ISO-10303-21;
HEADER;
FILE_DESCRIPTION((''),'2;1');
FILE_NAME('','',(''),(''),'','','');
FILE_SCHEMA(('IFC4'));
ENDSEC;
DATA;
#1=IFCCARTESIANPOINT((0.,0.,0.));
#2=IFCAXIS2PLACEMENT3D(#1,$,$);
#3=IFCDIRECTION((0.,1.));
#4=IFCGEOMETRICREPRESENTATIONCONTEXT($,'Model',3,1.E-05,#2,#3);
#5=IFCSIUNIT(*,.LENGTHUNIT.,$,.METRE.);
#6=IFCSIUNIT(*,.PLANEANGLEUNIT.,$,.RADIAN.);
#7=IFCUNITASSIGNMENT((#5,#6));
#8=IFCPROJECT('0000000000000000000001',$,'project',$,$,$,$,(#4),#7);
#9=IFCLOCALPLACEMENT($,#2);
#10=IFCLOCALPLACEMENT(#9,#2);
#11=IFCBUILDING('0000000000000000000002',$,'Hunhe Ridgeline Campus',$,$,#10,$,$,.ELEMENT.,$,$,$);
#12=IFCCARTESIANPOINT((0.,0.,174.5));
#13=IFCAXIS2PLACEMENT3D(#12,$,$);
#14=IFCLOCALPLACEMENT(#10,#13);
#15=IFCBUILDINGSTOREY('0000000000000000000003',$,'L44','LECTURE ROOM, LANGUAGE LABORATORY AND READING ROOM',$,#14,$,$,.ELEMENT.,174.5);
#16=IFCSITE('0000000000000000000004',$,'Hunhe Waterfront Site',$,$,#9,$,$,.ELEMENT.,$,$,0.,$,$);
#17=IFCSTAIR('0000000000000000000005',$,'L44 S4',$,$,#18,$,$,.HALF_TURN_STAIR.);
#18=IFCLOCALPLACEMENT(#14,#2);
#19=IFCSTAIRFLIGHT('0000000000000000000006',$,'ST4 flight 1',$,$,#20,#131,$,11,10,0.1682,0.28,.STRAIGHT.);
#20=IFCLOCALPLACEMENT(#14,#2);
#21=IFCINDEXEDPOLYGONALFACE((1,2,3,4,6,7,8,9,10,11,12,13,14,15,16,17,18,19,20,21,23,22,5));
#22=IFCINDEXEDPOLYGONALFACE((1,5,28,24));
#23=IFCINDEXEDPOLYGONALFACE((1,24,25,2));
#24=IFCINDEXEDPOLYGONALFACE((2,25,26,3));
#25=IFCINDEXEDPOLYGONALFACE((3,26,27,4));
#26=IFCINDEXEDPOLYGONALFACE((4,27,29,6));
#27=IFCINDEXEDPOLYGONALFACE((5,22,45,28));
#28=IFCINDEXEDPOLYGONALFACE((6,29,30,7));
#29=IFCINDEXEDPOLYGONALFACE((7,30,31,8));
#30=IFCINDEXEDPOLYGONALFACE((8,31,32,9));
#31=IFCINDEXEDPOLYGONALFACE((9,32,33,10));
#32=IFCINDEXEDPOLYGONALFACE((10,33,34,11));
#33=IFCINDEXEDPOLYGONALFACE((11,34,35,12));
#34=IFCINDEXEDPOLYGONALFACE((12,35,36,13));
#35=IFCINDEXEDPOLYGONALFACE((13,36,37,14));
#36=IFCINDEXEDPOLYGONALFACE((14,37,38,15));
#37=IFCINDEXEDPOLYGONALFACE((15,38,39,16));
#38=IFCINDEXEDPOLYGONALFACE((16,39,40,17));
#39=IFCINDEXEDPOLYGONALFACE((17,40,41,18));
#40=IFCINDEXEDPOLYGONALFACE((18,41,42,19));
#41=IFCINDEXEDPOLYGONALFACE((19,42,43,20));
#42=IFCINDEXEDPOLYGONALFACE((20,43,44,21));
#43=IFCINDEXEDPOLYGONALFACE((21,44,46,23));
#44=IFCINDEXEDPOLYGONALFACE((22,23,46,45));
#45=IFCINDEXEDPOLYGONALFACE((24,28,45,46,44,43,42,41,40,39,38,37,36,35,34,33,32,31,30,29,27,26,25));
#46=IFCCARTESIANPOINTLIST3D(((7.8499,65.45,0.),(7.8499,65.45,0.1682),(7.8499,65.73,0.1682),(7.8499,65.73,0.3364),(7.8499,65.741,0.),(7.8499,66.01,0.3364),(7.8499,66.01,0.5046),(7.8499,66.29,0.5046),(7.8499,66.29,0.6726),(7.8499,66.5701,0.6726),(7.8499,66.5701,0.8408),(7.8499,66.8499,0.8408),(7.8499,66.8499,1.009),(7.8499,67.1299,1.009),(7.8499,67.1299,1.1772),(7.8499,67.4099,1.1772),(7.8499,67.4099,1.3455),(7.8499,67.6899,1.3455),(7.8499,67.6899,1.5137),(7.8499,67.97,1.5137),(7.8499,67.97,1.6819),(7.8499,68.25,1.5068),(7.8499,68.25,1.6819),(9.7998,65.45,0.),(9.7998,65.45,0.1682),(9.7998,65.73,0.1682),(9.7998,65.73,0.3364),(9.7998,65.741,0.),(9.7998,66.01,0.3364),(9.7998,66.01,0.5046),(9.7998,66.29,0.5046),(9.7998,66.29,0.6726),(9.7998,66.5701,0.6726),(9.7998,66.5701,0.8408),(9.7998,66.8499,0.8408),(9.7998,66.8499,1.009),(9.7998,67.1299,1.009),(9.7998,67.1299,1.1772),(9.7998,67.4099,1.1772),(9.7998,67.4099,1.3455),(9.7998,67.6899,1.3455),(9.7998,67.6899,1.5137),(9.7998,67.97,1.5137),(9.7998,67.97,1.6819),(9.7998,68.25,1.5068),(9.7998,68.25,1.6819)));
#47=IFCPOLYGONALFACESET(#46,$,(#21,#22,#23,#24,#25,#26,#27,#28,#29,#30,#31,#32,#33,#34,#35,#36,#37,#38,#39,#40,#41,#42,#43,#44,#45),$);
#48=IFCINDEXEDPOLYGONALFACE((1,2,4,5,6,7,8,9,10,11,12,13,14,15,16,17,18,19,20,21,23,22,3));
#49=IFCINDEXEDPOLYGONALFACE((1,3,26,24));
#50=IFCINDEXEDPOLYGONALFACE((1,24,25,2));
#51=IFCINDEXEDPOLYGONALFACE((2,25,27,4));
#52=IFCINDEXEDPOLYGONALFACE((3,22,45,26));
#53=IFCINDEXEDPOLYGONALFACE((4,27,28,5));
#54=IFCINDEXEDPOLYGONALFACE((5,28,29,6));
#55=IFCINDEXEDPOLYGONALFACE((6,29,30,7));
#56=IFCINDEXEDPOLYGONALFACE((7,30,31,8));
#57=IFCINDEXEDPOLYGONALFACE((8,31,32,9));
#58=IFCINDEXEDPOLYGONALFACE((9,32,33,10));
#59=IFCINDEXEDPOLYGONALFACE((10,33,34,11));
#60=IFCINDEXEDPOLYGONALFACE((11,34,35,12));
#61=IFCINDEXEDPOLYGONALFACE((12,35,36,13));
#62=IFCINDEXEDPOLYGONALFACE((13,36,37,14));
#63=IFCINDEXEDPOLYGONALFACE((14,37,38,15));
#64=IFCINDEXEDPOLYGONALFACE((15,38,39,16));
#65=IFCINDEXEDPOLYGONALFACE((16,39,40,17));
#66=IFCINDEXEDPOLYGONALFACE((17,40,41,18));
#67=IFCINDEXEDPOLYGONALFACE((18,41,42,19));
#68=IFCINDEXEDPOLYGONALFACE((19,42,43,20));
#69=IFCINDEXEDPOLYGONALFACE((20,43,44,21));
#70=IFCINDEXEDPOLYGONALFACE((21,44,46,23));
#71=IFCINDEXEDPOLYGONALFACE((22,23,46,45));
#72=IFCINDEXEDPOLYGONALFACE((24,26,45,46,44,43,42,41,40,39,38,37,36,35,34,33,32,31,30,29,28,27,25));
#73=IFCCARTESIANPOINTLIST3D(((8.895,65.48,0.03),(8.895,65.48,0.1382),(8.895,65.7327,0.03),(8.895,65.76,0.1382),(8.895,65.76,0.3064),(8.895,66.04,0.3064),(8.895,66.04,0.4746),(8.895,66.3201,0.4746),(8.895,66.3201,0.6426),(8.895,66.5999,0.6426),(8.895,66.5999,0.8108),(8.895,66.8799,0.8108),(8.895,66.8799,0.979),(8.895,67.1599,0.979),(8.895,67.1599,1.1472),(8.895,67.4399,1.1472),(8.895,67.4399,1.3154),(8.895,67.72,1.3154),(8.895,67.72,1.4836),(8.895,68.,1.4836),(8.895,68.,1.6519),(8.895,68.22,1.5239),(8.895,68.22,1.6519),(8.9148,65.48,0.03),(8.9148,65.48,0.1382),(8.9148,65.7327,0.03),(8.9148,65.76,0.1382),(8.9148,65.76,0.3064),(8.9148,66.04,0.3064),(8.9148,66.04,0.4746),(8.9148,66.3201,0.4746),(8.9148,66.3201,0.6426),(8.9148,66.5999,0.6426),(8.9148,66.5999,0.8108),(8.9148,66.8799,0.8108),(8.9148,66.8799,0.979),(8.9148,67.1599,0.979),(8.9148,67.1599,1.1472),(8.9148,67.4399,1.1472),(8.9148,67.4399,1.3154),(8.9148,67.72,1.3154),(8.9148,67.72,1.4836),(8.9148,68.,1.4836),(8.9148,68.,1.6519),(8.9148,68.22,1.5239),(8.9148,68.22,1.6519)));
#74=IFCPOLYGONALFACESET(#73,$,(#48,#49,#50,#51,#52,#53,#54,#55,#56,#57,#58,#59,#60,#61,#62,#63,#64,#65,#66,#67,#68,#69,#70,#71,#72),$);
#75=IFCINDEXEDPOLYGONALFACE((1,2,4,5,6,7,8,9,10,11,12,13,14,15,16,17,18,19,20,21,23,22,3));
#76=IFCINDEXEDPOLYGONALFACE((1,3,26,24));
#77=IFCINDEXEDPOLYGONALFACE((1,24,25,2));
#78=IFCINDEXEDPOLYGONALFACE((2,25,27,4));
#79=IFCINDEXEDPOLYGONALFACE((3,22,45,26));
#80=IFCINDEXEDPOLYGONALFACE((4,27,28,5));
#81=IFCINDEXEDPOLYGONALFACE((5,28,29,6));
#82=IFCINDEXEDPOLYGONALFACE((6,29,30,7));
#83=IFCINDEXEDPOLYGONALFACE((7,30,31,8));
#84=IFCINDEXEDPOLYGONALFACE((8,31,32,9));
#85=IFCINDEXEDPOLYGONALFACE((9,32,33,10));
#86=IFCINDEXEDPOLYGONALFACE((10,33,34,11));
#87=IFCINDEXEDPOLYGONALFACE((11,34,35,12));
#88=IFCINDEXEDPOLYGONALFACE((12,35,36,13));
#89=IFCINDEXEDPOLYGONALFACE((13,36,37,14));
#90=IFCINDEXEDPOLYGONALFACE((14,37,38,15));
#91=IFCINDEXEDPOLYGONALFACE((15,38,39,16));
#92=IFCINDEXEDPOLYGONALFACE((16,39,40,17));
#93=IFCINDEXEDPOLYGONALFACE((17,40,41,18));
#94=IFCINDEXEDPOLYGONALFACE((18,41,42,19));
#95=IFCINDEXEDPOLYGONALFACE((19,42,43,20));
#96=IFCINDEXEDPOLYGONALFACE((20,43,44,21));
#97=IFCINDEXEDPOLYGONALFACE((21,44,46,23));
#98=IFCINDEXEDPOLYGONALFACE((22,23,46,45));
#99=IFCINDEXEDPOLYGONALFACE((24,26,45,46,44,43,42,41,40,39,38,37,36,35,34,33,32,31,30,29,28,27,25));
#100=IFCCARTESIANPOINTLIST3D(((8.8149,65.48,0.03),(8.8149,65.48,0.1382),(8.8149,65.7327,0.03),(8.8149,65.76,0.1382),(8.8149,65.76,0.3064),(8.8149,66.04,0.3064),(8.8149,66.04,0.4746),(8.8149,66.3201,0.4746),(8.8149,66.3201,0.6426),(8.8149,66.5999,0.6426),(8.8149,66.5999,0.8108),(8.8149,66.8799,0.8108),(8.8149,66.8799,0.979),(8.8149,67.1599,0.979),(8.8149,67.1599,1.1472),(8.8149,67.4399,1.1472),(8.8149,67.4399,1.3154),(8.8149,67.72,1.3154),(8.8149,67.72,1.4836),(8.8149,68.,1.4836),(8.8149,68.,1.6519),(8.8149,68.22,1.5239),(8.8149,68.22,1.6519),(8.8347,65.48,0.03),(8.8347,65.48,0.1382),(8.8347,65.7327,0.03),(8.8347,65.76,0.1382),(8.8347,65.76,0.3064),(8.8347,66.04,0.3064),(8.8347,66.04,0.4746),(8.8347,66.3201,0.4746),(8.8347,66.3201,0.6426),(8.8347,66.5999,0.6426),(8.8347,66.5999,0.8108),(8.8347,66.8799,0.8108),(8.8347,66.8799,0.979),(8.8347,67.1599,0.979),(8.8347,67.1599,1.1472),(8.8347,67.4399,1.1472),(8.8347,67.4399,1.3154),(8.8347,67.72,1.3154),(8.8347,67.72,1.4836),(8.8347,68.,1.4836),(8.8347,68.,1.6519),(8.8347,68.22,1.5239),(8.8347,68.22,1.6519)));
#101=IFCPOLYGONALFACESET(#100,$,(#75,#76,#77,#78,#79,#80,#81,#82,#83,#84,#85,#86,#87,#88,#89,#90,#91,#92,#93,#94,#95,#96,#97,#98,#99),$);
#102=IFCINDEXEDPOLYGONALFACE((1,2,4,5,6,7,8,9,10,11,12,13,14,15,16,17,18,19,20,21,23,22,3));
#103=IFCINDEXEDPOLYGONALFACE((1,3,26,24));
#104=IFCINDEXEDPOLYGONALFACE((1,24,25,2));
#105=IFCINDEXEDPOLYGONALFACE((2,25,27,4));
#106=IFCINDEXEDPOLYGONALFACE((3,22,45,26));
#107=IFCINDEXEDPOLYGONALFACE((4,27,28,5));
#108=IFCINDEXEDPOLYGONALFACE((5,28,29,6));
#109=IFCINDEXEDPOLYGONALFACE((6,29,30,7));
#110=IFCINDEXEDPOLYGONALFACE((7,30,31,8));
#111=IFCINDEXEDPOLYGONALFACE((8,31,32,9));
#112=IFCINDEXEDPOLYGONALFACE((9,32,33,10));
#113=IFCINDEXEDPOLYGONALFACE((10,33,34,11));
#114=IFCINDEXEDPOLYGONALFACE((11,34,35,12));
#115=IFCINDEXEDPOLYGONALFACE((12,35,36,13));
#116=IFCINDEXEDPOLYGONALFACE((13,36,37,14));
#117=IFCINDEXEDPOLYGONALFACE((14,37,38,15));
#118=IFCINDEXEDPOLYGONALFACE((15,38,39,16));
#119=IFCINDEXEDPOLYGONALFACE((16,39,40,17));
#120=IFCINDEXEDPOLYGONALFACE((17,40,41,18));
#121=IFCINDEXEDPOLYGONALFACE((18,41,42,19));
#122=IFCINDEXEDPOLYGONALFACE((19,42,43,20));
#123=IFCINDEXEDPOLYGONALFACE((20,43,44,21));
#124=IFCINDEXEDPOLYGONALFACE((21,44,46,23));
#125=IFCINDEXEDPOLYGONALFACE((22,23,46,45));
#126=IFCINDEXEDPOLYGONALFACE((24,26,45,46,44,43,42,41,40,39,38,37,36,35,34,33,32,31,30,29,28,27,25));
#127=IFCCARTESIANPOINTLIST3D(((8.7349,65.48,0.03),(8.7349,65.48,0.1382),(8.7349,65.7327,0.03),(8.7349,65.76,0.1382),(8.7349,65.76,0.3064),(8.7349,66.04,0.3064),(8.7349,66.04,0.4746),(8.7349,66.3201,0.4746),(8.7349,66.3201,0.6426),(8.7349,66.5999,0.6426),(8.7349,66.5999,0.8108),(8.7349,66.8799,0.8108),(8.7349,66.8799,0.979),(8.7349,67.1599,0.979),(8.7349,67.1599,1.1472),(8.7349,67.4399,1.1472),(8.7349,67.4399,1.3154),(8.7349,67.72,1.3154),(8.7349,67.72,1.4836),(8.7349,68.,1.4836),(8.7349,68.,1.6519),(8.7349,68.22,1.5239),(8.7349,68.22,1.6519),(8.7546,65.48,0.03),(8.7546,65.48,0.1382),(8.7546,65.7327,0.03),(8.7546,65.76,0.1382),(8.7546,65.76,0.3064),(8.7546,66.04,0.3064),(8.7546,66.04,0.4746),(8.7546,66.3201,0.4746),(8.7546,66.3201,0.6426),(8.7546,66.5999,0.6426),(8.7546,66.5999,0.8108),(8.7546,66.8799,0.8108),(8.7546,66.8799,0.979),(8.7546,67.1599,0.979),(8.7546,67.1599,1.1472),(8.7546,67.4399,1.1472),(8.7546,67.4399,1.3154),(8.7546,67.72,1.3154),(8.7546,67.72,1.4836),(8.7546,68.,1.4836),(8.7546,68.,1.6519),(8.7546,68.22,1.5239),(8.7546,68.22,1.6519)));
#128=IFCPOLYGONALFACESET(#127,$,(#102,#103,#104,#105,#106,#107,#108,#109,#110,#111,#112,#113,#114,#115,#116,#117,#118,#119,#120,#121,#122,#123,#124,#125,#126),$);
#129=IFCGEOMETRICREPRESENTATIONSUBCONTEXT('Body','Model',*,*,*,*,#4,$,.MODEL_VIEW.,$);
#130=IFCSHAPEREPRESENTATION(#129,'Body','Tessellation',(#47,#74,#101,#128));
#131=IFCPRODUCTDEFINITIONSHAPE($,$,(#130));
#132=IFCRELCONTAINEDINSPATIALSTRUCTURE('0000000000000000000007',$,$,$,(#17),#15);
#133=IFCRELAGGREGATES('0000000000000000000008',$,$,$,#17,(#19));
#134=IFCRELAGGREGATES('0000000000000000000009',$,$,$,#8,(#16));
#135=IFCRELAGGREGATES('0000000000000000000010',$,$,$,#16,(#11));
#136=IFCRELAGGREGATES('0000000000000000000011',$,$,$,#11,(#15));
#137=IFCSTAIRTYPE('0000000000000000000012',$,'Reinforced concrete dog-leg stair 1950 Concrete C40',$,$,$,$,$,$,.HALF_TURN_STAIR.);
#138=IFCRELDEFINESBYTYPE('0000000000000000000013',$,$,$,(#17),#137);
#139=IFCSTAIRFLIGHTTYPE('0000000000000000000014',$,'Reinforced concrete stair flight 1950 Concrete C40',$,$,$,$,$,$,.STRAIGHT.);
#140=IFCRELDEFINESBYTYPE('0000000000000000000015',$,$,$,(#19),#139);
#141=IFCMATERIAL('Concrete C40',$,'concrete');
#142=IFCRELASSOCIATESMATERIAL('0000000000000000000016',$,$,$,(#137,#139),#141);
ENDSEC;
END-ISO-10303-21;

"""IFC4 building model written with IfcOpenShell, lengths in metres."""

from ifc_helpers import new_model, si_unit, direction, frame, origin, place, context, subcontext, project, spatial, polyline, outline, extrude, material, type_object, element, aggregate, save


model = new_model("IFC4")

# Units and contexts
model_context = context("Model", 3, precision=1e-05, world=origin(), true_north=direction((0.0, 1.0)))
body_context = subcontext(model_context, "Body", "Model", "MODEL_VIEW")
ifc_project = project(units=[si_unit("LENGTHUNIT", "METRE"), si_unit("PLANEANGLEUNIT", "RADIAN")], contexts=[model_context])

# Site, building, storey
site_placement = place(None, origin())
site = spatial("IfcSite", under=ifc_project, at=site_placement, Name="Hunhe Waterfront Site", CompositionType="ELEMENT", RefElevation=0.0)
building_placement = place(site_placement, origin())
building = spatial("IfcBuilding", under=site, at=building_placement, Name="Hunhe Ridgeline Campus", CompositionType="ELEMENT")
storey_placement = place(building_placement, frame((0.0, 0.0, 174.5)))
storey = spatial("IfcBuildingStorey", under=building, at=storey_placement, Name="L44", Description="LECTURE ROOM, LANGUAGE LABORATORY AND READING ROOM", CompositionType="ELEMENT", Elevation=174.5)

# Stair, stair flight
ifc_material_1 = material(Name="Concrete C40", Category="concrete")
stair_type = type_object("IfcStairType", Name="Reinforced concrete dog-leg stair 1950 Concrete C40", PredefinedType="HALF_TURN_STAIR", material=ifc_material_1)
stair_flight_type = type_object("IfcStairFlightType", Name="Reinforced concrete stair flight 1950 Concrete C40", PredefinedType="STRAIGHT", material=ifc_material_1)
stair_1_placement = place(storey_placement, origin())
stair_1 = element("IfcStair", 1, at=stair_1_placement, inside=storey, type_object=stair_type, Name="L44 S4", PredefinedType="HALF_TURN_STAIR")
stair_flight_1_placement = place(storey_placement, frame((8.825, 65.45, 0.0), z_axis=(0.0, 0.0, 1.0), x_axis=(0.0, 1.0, 0.0)))
stair_flight_1 = element("IfcStairFlight", 2, at=stair_flight_1_placement, type_object=stair_flight_type, Name="ST4 flight 1", NumberOfRisers=11, NumberOfTreads=10, PredefinedType="STRAIGHT", RiserHeight=0.1682, TreadLength=0.28, context=body_context, shape_type="SweptSolid", body=[
    extrude(outline(polyline([(0.0, 0.0), (0.0, 0.1682), (0.28, 0.1682), (0.28, 0.3364), (0.5601, 0.3364), (0.5601, 0.5046), (0.8401, 0.5046), (0.8401, 0.6726), (1.1201, 0.6726), (1.1201, 0.8408), (1.3999, 0.8408), (1.3999, 1.009), (1.6799, 1.009), (1.6799, 1.1772), (1.96, 1.1772), (1.96, 1.3455), (2.24, 1.3455), (2.24, 1.5137), (2.52, 1.5137), (2.52, 1.6819), (2.8, 1.6819), (2.8, 1.8501), (2.8, 1.5068), (0.291, 0.0), (0.0, 0.0)])), frame((0.0, 0.9751, 0.0), z_axis=(0.0, -1.0, 0.0), x_axis=(1.0, 0.0, 0.0)), (0.0, 0.0, 1.0), 1.95),
    extrude(outline(polyline([(0.03, 0.03), (0.03, 0.1382), (0.3101, 0.1382), (0.3101, 0.3064), (0.5901, 0.3064), (0.5901, 0.4746), (0.8701, 0.4746), (0.8701, 0.6426), (1.1499, 0.6426), (1.1499, 0.8108), (1.4299, 0.8108), (1.4299, 0.979), (1.71, 0.979), (1.71, 1.1472), (1.99, 1.1472), (1.99, 1.3154), (2.27, 1.3154), (2.27, 1.4836), (2.55, 1.4836), (2.55, 1.6519), (2.77, 1.6519), (2.77, 1.5239), (0.2827, 0.03), (0.03, 0.03)])), frame((0.0, -0.0701, 0.0), z_axis=(0.0, -1.0, 0.0), x_axis=(1.0, 0.0, 0.0)), (0.0, 0.0, 1.0), 0.0198),
    extrude(outline(polyline([(0.03, 0.03), (0.03, 0.1382), (0.3101, 0.1382), (0.3101, 0.3064), (0.5901, 0.3064), (0.5901, 0.4746), (0.8701, 0.4746), (0.8701, 0.6426), (1.1499, 0.6426), (1.1499, 0.8108), (1.4299, 0.8108), (1.4299, 0.979), (1.71, 0.979), (1.71, 1.1472), (1.99, 1.1472), (1.99, 1.3154), (2.27, 1.3154), (2.27, 1.4836), (2.55, 1.4836), (2.55, 1.6519), (2.77, 1.6519), (2.77, 1.5239), (0.2827, 0.03), (0.03, 0.03)])), frame((0.0, 0.01, 0.0), z_axis=(0.0, -1.0, 0.0), x_axis=(1.0, 0.0, 0.0)), (0.0, 0.0, 1.0), 0.0198),
    extrude(outline(polyline([(0.03, 0.03), (0.03, 0.1382), (0.3101, 0.1382), (0.3101, 0.3064), (0.5901, 0.3064), (0.5901, 0.4746), (0.8701, 0.4746), (0.8701, 0.6426), (1.1499, 0.6426), (1.1499, 0.8108), (1.4299, 0.8108), (1.4299, 0.979), (1.71, 0.979), (1.71, 1.1472), (1.99, 1.1472), (1.99, 1.3154), (2.27, 1.3154), (2.27, 1.4836), (2.55, 1.4836), (2.55, 1.6519), (2.77, 1.6519), (2.77, 1.5239), (0.2827, 0.03), (0.03, 0.03)])), frame((0.0, 0.0901, 0.0), z_axis=(0.0, -1.0, 0.0), x_axis=(1.0, 0.0, 0.0)), (0.0, 0.0, 1.0), 0.0198),
])
aggregate(stair_1, [stair_flight_1])

save(model, "model.ifc")
